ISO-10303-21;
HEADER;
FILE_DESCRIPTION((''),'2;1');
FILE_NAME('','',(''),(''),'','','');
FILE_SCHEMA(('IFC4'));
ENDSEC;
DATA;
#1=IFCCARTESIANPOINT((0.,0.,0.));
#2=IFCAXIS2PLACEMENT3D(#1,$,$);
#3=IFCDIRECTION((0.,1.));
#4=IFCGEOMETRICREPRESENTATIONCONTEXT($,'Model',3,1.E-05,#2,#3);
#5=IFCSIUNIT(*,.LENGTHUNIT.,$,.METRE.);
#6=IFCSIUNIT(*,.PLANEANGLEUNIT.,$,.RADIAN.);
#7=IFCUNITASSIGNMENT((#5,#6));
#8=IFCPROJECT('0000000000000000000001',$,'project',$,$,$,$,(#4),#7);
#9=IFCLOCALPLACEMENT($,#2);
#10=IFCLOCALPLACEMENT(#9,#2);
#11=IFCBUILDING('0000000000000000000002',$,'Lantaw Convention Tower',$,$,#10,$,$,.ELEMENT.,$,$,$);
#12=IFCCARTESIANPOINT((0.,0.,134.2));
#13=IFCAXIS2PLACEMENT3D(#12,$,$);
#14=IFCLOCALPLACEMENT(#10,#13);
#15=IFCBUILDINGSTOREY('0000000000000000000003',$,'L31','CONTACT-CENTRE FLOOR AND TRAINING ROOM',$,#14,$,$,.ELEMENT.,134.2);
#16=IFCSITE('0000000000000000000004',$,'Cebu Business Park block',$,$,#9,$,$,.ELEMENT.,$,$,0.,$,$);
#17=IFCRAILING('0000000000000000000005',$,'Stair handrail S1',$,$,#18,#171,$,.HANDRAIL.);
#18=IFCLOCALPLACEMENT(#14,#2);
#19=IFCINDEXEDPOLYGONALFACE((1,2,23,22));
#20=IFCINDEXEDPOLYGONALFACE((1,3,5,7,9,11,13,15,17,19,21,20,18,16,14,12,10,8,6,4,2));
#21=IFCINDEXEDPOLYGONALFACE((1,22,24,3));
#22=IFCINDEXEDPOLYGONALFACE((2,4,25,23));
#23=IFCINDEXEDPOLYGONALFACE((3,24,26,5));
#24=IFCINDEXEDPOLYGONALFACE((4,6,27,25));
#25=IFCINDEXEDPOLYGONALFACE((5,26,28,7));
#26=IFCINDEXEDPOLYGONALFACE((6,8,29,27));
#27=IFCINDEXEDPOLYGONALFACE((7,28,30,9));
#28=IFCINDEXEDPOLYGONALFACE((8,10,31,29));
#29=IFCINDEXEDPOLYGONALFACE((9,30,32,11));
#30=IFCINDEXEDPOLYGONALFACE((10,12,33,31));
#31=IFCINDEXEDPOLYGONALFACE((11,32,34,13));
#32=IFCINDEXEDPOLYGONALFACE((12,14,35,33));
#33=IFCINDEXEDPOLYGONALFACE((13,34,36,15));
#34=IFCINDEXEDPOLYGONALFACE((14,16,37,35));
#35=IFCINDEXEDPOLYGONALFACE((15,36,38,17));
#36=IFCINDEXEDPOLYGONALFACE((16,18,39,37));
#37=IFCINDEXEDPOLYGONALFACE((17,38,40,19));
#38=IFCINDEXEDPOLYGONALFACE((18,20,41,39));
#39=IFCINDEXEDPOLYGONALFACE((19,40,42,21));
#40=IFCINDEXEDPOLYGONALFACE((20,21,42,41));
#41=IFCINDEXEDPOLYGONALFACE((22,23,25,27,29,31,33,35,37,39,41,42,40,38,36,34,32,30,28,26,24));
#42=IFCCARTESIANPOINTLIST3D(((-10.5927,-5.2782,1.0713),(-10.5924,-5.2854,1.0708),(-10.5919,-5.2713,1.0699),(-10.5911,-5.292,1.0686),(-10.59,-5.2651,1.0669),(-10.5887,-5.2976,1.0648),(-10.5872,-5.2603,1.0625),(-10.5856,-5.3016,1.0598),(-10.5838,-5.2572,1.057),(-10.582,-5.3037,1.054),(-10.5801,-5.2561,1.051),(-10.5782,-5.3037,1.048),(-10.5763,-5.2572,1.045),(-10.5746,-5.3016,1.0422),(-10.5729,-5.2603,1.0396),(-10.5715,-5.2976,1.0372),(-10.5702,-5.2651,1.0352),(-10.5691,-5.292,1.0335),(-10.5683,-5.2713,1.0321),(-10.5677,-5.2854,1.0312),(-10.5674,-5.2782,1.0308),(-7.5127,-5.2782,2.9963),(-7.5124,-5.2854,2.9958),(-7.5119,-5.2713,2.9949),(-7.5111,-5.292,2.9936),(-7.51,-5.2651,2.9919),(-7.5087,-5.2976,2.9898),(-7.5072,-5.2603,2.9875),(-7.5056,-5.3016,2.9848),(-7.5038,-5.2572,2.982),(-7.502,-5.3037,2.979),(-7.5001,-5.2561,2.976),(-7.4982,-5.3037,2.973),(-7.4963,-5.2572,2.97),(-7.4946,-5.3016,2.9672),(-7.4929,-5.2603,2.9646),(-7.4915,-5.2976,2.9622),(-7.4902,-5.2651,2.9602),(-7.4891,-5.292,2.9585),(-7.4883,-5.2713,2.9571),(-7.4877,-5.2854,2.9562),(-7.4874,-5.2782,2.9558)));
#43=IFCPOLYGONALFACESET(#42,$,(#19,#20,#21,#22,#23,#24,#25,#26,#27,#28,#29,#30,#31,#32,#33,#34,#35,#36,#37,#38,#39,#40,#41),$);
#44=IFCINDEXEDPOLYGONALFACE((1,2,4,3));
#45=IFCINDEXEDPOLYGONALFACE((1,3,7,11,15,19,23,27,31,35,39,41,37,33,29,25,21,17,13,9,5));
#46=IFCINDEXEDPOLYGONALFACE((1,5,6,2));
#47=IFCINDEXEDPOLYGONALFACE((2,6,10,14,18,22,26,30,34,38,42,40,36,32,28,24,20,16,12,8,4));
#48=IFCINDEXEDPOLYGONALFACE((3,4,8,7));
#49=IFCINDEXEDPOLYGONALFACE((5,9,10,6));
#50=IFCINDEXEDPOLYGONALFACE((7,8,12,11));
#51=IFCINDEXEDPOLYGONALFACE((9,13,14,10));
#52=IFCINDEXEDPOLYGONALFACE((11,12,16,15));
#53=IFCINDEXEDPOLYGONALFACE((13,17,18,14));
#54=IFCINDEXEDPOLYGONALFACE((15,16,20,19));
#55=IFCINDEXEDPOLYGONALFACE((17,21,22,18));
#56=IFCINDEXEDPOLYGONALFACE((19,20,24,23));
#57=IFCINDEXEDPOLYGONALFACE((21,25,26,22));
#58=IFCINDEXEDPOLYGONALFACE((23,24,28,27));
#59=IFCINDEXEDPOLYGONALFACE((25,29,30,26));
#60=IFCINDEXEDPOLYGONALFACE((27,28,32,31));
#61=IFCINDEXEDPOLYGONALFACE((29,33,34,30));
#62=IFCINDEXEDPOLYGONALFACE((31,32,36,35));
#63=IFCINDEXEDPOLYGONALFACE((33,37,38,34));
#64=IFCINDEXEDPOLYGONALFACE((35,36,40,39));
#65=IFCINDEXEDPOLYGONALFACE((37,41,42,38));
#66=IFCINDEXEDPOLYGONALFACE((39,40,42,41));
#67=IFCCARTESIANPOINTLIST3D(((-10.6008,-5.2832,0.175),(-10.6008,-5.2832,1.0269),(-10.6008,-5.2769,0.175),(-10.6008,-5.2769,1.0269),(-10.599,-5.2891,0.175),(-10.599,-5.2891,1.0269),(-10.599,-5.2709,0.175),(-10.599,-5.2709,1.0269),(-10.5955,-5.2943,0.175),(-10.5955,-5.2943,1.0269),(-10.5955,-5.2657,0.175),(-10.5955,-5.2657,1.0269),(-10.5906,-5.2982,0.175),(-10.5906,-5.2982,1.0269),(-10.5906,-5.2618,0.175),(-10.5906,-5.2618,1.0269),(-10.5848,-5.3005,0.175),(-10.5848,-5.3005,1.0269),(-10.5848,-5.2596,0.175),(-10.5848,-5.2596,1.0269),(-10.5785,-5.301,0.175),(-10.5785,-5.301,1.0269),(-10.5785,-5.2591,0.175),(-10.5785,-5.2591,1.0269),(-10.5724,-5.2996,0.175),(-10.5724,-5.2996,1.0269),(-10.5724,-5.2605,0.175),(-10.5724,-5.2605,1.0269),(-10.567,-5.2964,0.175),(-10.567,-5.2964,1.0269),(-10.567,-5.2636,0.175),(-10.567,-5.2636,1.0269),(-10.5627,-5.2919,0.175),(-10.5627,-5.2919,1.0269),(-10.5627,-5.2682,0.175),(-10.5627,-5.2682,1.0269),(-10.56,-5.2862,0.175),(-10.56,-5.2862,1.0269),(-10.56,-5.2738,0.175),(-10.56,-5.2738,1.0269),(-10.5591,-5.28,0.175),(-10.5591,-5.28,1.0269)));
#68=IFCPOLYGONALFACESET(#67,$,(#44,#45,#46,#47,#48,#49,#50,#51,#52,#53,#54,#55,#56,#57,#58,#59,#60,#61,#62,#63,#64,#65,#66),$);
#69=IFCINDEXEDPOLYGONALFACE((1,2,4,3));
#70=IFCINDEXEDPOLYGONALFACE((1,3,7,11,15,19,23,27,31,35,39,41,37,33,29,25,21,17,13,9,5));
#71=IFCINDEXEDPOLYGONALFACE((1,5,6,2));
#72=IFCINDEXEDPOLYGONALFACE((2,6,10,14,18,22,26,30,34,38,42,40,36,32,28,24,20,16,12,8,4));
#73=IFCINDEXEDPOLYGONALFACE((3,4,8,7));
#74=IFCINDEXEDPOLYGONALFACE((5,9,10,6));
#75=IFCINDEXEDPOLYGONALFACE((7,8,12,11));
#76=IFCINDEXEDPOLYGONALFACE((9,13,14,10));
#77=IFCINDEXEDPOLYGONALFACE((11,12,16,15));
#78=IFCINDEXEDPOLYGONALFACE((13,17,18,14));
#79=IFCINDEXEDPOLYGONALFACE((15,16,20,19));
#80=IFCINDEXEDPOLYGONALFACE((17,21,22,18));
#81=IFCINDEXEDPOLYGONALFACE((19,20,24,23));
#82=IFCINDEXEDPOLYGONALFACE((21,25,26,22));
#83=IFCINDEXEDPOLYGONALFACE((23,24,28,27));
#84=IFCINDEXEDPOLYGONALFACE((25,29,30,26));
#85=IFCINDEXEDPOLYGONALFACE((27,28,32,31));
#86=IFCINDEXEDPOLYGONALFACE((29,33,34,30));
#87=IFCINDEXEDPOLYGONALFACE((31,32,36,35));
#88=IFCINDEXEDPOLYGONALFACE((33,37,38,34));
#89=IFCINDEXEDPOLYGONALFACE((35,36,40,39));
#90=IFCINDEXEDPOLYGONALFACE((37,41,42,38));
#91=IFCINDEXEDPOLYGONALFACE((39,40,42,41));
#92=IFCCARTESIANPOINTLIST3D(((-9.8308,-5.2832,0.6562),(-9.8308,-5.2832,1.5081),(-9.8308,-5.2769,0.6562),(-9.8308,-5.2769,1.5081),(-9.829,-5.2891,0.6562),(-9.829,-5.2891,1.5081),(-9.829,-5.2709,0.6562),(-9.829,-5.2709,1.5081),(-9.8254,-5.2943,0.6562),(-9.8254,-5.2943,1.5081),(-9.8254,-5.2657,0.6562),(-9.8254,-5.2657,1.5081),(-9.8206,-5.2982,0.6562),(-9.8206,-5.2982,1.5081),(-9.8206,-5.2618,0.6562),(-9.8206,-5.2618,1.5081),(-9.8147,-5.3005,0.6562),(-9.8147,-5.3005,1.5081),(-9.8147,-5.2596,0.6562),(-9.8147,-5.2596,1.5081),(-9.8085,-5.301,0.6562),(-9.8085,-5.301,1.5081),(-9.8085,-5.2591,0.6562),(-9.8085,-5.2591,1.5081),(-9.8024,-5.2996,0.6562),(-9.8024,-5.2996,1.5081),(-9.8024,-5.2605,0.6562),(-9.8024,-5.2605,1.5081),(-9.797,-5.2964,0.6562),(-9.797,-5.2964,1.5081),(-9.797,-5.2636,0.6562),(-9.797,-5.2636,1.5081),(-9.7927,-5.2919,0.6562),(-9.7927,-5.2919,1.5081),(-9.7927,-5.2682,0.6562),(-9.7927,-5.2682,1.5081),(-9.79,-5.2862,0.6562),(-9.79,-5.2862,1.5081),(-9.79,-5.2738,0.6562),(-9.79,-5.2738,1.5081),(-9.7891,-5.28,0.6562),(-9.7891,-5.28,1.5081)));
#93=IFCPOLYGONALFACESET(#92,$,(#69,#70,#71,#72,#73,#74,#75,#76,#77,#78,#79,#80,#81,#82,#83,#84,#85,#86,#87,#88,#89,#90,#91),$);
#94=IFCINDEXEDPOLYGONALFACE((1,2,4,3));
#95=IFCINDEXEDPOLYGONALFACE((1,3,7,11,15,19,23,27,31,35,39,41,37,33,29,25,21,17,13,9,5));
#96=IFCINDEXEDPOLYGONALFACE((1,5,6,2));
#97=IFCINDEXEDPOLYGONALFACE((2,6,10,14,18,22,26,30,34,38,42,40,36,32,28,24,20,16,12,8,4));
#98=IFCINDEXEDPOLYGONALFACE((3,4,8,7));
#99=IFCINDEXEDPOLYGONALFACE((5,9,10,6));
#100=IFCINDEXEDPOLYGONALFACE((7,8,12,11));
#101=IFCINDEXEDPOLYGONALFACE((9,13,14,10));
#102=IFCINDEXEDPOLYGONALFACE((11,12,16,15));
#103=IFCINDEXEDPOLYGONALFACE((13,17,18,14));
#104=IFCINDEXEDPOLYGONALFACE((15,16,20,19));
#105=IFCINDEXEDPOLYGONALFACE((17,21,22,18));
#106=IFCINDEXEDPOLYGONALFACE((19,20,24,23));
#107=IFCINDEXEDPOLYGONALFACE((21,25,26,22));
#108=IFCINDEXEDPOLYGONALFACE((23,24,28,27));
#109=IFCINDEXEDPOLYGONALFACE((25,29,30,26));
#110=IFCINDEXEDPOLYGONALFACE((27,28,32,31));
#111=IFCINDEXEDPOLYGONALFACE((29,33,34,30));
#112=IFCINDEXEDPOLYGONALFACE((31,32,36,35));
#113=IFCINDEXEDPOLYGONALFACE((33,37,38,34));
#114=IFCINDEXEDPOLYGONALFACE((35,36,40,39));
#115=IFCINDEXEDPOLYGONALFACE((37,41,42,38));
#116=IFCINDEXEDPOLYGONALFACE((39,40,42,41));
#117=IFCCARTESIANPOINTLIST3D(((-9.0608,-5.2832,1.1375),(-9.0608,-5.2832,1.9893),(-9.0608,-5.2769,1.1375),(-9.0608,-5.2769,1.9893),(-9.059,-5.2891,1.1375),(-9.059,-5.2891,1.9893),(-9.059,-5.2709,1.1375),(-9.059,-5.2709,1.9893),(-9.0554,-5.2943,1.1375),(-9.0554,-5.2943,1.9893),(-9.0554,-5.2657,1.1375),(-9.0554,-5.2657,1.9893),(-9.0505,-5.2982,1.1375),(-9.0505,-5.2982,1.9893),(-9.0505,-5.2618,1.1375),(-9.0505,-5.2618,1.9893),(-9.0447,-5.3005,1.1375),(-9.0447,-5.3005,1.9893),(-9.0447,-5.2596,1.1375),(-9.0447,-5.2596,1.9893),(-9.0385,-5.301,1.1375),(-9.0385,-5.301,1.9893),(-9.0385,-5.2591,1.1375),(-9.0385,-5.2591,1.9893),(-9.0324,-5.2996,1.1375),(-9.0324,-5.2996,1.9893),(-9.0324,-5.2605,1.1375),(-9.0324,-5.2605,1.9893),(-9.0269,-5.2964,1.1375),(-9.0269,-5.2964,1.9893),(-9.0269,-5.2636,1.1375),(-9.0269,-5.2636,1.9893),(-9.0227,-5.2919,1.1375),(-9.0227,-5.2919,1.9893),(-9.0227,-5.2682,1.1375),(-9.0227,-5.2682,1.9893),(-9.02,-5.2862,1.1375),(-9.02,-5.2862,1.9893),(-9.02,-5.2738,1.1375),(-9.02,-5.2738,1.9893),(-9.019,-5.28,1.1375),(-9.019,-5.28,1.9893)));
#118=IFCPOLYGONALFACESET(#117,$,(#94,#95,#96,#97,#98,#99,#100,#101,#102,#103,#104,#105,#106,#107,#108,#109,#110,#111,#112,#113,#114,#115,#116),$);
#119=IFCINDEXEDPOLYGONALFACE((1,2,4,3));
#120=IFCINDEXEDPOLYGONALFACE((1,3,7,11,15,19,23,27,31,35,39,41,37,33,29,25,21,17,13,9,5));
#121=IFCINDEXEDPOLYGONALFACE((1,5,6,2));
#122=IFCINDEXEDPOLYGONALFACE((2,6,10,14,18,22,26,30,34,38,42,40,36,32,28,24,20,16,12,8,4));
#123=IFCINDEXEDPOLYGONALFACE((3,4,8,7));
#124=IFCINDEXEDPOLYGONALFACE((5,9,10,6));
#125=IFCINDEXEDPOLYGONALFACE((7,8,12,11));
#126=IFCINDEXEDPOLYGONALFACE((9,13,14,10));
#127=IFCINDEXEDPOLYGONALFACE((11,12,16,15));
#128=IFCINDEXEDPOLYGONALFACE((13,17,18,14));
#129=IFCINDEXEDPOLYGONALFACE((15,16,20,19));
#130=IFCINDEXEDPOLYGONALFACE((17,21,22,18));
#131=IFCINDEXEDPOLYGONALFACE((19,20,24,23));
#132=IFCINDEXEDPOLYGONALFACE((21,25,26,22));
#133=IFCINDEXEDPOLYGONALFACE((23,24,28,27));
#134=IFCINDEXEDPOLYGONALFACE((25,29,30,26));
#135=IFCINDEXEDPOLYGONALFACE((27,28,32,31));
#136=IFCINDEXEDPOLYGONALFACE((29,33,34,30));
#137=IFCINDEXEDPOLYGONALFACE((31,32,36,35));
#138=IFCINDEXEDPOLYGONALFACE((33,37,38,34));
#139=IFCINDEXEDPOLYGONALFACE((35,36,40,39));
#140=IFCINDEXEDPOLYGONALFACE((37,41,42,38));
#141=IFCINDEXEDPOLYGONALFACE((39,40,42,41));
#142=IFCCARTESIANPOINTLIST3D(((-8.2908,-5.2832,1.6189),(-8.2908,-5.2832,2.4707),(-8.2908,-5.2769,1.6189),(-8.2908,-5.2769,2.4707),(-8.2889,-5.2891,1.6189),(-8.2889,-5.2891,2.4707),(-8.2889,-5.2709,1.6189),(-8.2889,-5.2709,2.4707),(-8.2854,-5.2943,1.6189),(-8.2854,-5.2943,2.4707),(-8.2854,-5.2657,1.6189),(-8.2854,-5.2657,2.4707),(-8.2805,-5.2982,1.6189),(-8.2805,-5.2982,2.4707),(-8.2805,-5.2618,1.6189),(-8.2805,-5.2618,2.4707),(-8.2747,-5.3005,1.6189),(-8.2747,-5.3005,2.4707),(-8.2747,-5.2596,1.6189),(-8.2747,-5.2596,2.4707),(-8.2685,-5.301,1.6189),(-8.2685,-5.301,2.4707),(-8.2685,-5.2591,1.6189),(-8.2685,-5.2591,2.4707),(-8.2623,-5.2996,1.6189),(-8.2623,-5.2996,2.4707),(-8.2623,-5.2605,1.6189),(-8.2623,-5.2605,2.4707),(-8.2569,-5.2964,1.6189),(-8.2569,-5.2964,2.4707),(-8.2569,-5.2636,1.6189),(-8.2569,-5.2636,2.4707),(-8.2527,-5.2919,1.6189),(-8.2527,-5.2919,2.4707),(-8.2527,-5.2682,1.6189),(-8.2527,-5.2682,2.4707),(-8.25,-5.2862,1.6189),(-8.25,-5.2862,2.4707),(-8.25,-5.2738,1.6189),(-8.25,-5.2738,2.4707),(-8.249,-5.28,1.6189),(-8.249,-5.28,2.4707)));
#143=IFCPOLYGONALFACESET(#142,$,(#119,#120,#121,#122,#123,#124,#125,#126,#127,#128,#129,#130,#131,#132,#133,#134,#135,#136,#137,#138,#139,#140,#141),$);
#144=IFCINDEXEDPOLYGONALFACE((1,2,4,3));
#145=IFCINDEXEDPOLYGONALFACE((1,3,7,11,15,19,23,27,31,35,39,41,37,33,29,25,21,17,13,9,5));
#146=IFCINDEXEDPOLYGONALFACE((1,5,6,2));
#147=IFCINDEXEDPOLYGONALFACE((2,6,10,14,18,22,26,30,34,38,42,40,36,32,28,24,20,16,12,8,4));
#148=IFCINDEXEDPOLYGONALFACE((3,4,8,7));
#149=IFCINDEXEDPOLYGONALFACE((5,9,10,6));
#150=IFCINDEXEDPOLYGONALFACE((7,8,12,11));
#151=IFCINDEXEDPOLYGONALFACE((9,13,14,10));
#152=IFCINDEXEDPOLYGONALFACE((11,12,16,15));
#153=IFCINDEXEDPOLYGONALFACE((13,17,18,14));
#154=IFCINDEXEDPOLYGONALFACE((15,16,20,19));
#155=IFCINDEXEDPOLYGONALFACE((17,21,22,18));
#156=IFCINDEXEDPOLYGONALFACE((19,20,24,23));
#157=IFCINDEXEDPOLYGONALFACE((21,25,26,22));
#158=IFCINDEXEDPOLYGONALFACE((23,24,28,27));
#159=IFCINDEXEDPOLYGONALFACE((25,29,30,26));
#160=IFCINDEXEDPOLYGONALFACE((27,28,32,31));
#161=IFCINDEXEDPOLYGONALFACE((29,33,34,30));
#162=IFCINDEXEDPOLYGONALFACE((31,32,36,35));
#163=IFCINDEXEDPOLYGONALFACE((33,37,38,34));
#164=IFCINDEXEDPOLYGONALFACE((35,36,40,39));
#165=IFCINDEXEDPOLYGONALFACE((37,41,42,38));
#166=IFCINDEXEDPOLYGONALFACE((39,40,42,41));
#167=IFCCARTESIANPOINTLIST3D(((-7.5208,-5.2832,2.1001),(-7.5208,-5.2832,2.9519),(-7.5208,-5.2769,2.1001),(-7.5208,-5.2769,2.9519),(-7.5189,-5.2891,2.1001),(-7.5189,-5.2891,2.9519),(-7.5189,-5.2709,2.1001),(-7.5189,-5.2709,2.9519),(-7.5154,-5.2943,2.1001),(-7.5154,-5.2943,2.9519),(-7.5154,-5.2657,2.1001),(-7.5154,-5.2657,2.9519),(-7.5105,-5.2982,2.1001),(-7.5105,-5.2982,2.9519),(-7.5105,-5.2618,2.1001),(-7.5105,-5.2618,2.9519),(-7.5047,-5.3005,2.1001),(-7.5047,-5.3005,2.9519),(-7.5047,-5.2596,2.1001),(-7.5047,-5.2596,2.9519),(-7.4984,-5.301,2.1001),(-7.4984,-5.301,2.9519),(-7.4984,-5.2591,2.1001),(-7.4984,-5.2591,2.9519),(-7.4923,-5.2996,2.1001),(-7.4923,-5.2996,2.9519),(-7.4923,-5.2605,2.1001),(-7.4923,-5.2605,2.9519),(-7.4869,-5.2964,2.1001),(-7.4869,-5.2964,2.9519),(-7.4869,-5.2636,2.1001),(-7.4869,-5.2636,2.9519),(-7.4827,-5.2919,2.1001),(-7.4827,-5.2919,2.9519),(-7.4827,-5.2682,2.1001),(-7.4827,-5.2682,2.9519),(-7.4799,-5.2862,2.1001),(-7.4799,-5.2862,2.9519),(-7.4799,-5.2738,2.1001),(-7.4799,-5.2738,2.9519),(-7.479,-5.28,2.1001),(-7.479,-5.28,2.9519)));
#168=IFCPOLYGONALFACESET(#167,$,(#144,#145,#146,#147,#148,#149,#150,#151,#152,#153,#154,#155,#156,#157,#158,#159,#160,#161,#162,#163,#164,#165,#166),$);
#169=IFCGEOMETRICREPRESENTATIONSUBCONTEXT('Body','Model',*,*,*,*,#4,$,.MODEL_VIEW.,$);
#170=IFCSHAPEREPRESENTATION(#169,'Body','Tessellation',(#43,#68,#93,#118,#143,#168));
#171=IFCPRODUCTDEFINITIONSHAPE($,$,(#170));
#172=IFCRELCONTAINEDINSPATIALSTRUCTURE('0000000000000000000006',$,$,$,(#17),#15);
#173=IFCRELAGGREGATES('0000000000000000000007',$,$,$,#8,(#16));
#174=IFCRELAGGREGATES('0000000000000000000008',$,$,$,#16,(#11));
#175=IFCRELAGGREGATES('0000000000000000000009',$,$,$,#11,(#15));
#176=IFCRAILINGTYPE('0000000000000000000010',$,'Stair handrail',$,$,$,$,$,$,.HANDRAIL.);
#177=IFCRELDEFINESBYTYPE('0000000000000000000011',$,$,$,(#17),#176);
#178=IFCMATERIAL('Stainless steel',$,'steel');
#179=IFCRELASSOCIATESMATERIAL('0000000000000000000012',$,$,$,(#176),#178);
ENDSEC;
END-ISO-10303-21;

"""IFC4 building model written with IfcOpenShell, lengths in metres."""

from ifc_helpers import new_model, si_unit, direction, frame, origin, origin_2d, place, context, subcontext, project, spatial, circle, extrude, material, type_object, element, save


model = new_model("IFC4")

# Units and contexts
model_context = context("Model", 3, precision=1e-05, world=origin(), true_north=direction((0.0, 1.0)))
body_context = subcontext(model_context, "Body", "Model", "MODEL_VIEW")
ifc_project = project(units=[si_unit("LENGTHUNIT", "METRE"), si_unit("PLANEANGLEUNIT", "RADIAN")], contexts=[model_context])

# Site, building, storey
site_placement = place(None, origin())
site = spatial("IfcSite", under=ifc_project, at=site_placement, Name="Cebu Business Park block", CompositionType="ELEMENT", RefElevation=0.0)
building_placement = place(site_placement, origin())
building = spatial("IfcBuilding", under=site, at=building_placement, Name="Lantaw Convention Tower", CompositionType="ELEMENT")
storey_placement = place(building_placement, frame((0.0, 0.0, 134.2)))
storey = spatial("IfcBuildingStorey", under=building, at=storey_placement, Name="L31", Description="CONTACT-CENTRE FLOOR AND TRAINING ROOM", CompositionType="ELEMENT", Elevation=134.2)

# Railing
ifc_material_1 = material(Name="Stainless steel", Category="steel")
railing_type = type_object("IfcRailingType", Name="Stair handrail", PredefinedType="HANDRAIL", material=ifc_material_1)
railing_1_placement = place(storey_placement, frame((-10.5801, -5.28, 0.175)))
element("IfcRailing", 1, at=railing_1_placement, inside=storey, type_object=railing_type, Name="Stair handrail S1", PredefinedType="HANDRAIL", context=body_context, shape_type="SweptSolid", body=[
    extrude(circle(Radius=0.0239, at=origin_2d()), frame((0.0, 0.0, 0.876), z_axis=(0.847998, 0.0, 0.529999), x_axis=(0.0, 1.0, 0.0)), (0.0, 0.0, 1.0), 3.6321),
    extrude(circle(Radius=0.021, at=origin_2d()), origin(), (0.0, 0.0, 1.0), 0.8518),
    extrude(circle(Radius=0.021, at=origin_2d()), frame((0.77, 0.0, 0.4812)), (0.0, 0.0, 1.0), 0.8518),
    extrude(circle(Radius=0.021, at=origin_2d()), frame((1.54, 0.0, 0.9624)), (0.0, 0.0, 1.0), 0.8518),
    extrude(circle(Radius=0.021, at=origin_2d()), frame((2.3101, 0.0, 1.4438)), (0.0, 0.0, 1.0), 0.8518),
    extrude(circle(Radius=0.021, at=origin_2d()), frame((3.0801, 0.0, 1.925)), (0.0, 0.0, 1.0), 0.8518),
])

save(model, "model.ifc")
